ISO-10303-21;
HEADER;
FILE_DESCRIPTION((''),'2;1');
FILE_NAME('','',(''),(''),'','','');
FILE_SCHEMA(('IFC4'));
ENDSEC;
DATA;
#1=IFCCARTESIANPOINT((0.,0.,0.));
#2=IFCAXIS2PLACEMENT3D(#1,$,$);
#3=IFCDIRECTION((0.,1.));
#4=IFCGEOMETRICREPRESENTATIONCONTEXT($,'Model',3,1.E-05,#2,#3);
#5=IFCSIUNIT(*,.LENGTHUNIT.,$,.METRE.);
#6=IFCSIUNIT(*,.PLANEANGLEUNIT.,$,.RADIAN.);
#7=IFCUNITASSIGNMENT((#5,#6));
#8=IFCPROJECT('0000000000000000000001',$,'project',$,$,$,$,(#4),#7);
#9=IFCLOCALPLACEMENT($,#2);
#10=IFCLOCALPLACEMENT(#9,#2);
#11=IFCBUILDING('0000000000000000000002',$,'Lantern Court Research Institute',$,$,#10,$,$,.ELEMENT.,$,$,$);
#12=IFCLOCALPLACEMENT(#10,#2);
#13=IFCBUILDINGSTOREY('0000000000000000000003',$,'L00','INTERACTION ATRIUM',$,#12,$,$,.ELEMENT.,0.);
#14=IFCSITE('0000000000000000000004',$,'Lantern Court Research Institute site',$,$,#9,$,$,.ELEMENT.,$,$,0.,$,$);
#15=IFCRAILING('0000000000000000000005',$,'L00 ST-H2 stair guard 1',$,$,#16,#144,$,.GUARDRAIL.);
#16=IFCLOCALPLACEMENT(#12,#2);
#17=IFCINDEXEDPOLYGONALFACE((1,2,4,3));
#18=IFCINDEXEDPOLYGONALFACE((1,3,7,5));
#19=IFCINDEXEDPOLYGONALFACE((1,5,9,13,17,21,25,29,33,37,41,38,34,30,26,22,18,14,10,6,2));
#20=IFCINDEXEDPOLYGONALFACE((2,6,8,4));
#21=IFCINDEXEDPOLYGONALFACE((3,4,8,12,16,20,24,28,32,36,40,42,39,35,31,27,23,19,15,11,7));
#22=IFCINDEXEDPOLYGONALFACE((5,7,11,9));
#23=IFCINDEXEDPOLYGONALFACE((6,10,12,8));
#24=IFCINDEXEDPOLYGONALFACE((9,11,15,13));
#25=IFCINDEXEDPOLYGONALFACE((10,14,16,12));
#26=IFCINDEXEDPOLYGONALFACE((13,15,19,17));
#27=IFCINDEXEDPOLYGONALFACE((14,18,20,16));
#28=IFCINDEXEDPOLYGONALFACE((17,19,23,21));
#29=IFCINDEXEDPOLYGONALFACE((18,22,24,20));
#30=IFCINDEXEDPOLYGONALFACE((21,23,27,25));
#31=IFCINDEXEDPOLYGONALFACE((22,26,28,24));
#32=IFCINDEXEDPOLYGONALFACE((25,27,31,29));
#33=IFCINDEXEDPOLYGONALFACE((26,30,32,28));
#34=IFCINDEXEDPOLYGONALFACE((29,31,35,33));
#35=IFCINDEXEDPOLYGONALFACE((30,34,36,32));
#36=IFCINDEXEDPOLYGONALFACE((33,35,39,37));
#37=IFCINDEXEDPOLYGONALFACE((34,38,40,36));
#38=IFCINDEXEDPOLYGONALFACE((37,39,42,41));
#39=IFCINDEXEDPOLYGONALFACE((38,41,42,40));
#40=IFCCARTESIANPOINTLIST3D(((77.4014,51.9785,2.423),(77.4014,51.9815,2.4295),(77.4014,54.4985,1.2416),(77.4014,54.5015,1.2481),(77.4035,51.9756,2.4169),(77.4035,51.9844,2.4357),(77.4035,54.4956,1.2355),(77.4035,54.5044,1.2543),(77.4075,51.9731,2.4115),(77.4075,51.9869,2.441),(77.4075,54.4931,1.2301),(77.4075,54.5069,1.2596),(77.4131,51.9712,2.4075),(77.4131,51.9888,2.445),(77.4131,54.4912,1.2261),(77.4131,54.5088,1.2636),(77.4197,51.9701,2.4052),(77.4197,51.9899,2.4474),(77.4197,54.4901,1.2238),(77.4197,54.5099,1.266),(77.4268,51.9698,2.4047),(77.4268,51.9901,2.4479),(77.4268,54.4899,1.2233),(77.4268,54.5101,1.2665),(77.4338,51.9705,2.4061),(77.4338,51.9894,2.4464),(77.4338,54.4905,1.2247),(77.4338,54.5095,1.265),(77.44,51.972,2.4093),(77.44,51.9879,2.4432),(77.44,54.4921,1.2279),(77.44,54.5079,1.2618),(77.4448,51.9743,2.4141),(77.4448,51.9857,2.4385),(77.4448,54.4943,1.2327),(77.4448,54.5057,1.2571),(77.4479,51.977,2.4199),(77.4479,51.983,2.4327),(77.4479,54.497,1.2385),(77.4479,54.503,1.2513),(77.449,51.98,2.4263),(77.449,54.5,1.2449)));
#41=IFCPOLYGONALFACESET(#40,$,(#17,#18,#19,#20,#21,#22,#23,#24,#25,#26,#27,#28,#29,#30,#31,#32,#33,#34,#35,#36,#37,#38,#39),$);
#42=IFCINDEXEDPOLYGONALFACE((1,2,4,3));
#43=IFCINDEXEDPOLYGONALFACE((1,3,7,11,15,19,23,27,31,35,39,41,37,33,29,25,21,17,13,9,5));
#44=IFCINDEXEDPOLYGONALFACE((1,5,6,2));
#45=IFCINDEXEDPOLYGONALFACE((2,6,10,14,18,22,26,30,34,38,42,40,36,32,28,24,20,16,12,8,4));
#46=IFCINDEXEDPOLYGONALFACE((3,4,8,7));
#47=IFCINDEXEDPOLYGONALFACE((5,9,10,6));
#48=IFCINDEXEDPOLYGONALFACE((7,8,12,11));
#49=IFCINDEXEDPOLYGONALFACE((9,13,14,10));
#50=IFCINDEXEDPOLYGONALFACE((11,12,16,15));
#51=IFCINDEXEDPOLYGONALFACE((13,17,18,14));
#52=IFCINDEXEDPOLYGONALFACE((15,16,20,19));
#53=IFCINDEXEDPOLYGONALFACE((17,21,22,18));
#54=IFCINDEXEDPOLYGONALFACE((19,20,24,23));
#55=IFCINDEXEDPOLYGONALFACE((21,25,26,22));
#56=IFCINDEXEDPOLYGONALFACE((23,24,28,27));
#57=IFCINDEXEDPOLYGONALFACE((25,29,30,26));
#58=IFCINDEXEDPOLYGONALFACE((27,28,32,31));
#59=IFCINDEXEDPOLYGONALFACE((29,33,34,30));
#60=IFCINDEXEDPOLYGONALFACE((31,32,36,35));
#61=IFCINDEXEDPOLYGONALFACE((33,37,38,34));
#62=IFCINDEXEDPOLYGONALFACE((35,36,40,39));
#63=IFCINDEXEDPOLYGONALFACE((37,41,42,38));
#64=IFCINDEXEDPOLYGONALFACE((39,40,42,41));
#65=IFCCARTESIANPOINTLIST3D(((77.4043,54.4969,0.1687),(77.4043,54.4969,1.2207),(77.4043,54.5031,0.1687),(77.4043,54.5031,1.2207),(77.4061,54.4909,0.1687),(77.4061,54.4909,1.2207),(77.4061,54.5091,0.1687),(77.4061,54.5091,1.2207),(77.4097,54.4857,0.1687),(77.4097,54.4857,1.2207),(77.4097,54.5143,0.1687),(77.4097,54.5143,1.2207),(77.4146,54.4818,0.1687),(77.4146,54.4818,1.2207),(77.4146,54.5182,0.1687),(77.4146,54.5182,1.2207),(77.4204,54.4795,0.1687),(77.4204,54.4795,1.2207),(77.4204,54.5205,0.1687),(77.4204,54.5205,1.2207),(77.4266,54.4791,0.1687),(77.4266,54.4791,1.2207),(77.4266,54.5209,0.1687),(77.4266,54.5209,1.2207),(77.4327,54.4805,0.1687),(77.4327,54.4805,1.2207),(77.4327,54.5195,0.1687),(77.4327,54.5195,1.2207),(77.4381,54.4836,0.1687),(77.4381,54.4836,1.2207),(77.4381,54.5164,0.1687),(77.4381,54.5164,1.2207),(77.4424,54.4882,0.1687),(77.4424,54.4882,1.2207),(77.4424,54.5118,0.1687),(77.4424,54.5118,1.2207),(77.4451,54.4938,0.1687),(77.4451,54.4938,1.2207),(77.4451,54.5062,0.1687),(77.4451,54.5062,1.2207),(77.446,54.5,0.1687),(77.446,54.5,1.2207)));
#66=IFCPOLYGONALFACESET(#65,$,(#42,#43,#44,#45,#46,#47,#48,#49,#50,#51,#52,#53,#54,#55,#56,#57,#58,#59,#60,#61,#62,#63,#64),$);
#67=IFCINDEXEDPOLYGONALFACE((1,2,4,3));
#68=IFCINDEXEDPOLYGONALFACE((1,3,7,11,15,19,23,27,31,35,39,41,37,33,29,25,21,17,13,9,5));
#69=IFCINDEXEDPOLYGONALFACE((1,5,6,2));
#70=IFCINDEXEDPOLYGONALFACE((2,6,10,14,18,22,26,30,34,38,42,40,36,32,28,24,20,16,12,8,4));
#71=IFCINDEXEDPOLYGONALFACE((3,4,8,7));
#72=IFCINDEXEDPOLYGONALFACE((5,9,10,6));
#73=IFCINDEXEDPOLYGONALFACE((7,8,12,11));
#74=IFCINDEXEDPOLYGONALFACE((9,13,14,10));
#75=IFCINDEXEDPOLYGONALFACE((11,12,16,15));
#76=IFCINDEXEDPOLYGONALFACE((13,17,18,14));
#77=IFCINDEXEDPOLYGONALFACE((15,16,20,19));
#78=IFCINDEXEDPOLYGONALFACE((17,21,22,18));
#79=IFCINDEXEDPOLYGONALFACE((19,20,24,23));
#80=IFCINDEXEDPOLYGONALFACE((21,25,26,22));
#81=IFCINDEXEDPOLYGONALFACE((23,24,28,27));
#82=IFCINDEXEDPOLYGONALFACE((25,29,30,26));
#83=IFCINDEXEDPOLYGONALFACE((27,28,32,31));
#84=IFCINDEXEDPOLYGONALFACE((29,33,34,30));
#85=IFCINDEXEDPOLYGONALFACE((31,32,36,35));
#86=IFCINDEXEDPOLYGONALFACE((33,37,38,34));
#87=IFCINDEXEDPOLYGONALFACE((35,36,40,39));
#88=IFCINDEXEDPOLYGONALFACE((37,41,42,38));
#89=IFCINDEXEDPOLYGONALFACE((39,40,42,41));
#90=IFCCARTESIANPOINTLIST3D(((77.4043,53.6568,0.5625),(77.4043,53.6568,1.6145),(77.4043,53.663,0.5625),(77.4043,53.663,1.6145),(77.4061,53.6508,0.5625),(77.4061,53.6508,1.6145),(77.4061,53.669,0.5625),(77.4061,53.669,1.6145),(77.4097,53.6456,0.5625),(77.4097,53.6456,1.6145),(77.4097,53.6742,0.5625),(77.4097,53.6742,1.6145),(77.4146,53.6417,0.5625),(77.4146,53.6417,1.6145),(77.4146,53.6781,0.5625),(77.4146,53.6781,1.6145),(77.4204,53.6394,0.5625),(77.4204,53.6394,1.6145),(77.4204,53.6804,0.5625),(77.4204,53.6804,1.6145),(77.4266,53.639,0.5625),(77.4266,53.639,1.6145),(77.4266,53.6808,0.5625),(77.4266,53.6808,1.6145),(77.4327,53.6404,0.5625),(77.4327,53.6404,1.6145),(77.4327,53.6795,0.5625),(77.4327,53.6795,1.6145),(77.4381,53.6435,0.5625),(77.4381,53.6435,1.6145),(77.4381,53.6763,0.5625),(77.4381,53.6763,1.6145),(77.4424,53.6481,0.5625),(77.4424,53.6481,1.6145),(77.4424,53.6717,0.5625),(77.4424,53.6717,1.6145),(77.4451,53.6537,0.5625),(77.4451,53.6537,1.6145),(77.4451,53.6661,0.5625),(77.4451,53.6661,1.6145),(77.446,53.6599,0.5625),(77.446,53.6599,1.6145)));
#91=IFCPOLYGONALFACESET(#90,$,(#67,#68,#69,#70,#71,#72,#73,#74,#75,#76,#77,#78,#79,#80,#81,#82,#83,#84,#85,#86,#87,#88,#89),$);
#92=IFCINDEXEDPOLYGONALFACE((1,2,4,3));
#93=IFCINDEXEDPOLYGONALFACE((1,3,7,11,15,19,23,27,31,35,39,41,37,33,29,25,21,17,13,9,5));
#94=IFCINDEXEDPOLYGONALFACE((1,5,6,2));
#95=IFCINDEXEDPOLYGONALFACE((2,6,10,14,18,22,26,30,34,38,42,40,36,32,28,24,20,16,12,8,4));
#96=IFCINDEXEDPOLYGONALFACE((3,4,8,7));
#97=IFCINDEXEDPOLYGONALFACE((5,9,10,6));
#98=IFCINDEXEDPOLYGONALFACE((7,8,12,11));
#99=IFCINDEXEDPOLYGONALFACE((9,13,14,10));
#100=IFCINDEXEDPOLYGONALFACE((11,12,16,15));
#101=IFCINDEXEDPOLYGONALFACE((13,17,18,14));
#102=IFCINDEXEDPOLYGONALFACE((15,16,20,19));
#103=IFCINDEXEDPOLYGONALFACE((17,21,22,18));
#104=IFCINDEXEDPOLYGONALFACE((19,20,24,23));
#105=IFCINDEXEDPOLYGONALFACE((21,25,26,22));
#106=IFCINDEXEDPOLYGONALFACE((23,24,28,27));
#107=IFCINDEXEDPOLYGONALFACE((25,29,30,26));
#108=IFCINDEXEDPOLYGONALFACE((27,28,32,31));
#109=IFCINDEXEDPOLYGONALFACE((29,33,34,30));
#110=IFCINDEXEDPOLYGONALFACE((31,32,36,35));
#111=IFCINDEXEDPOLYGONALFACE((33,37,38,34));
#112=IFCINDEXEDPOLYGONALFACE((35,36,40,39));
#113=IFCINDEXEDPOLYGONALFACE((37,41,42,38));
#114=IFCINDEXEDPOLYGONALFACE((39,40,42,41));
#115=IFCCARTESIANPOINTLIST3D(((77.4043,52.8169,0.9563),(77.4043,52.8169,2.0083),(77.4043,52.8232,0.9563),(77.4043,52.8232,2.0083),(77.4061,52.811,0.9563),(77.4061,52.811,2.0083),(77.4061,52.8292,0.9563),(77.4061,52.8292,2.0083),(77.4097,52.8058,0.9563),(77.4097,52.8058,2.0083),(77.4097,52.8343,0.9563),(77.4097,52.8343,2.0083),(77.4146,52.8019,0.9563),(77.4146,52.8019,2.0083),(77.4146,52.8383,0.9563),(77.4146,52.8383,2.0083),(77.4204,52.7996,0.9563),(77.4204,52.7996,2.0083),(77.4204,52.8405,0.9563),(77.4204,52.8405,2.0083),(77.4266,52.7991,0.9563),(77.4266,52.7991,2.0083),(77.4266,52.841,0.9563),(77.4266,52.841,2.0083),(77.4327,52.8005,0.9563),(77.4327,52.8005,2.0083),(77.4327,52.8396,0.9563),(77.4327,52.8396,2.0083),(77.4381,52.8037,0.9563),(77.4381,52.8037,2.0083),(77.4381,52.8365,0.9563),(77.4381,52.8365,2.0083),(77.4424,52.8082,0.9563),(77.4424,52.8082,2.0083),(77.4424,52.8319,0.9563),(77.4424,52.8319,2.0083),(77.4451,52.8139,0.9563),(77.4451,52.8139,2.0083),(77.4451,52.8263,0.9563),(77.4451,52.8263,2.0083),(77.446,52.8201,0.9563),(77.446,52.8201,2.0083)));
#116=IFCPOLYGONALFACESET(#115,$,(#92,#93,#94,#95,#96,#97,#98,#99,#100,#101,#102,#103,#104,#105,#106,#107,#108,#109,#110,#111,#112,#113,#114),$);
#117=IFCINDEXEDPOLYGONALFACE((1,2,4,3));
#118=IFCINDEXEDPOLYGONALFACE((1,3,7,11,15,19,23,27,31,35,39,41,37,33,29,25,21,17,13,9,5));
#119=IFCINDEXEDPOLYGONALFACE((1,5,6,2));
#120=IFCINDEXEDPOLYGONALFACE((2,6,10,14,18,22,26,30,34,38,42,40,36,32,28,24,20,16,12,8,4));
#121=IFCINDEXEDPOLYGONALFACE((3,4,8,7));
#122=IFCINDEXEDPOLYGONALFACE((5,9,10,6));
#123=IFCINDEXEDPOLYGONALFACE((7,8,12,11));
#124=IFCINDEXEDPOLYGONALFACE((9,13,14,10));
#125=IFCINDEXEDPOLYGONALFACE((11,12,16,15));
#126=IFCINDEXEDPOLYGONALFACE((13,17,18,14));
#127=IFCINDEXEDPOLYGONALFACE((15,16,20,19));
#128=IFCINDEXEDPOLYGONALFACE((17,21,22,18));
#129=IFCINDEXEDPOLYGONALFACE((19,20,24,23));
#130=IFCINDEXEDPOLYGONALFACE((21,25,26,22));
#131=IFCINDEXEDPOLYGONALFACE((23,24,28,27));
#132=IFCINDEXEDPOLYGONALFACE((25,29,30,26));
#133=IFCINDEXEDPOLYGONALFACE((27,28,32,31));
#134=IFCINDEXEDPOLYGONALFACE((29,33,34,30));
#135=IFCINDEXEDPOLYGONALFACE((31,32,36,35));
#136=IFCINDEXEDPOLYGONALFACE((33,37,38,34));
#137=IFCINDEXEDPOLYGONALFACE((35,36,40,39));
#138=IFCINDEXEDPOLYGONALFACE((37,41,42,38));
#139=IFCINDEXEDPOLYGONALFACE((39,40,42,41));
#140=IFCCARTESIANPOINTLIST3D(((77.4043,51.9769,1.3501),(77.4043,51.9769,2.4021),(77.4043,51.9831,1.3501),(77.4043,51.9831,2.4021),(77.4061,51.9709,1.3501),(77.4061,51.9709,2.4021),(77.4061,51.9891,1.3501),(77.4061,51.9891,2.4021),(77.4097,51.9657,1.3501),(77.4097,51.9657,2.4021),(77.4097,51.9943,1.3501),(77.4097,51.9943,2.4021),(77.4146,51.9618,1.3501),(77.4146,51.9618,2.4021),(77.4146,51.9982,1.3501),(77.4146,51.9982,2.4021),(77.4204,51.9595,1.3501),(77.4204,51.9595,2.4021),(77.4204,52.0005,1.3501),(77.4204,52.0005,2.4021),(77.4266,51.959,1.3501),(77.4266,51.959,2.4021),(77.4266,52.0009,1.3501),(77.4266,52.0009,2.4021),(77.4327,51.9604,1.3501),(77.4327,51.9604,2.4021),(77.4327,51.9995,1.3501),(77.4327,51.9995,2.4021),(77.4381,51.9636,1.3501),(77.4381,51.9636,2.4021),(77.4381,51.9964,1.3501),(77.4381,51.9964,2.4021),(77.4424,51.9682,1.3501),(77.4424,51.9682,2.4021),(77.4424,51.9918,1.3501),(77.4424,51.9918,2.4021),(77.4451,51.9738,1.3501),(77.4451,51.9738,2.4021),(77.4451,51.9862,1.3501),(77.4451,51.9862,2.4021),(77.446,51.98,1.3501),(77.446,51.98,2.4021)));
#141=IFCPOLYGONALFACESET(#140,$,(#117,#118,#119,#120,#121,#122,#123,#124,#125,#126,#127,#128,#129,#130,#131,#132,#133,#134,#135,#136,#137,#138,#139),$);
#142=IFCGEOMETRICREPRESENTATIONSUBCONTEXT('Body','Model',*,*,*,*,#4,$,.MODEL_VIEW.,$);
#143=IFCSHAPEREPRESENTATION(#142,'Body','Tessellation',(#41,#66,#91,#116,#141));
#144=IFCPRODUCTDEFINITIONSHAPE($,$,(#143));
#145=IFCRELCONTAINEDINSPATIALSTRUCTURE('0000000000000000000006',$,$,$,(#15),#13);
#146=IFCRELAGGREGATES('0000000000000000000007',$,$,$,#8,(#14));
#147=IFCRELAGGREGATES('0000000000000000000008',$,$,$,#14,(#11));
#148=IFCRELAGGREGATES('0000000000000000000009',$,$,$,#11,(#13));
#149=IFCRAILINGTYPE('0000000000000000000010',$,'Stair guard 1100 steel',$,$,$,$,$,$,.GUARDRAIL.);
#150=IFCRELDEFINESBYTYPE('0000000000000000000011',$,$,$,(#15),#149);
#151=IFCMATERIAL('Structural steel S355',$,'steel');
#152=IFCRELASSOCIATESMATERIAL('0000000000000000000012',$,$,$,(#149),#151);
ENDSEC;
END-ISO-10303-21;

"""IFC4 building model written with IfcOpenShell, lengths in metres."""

from ifc_helpers import new_model, si_unit, direction, frame, origin, origin_2d, place, context, subcontext, project, spatial, circle, extrude, material, type_object, element, save


model = new_model("IFC4")

# Units and contexts
model_context = context("Model", 3, precision=1e-05, world=origin(), true_north=direction((0.0, 1.0)))
body_context = subcontext(model_context, "Body", "Model", "MODEL_VIEW")
ifc_project = project(units=[si_unit("LENGTHUNIT", "METRE"), si_unit("PLANEANGLEUNIT", "RADIAN")], contexts=[model_context])

# Site, building, storey
site_placement = place(None, origin())
site = spatial("IfcSite", under=ifc_project, at=site_placement, Name="Lantern Court Research Institute site", CompositionType="ELEMENT", RefElevation=0.0)
building_placement = place(site_placement, origin())
building = spatial("IfcBuilding", under=site, at=building_placement, Name="Lantern Court Research Institute", CompositionType="ELEMENT")
storey_placement = place(building_placement, origin())
storey = spatial("IfcBuildingStorey", under=building, at=storey_placement, Name="L00", Description="INTERACTION ATRIUM", CompositionType="ELEMENT", Elevation=0.0)

# Railing
ifc_material_1 = material(Name="Structural steel S355", Category="steel")
railing_type_1 = type_object("IfcRailingType", Name="Stair guard 1100 steel", PredefinedType="GUARDRAIL", material=ifc_material_1)
railing_1_placement = place(storey_placement, frame((77.425, 54.5, 0.1687)))
element("IfcRailing", 1, at=railing_1_placement, inside=storey, type_object=railing_type_1, Name="L00 ST-H2 stair guard 1", PredefinedType="GUARDRAIL", context=body_context, shape_type="SweptSolid", body=[
    extrude(circle(Radius=0.0239, at=origin_2d()), frame((0.0, 0.0, 1.0762), z_axis=(0.0, -0.90544, 0.424474), x_axis=(1.0, 0.0, 0.0)), (0.0, 0.0, 1.0), 2.7832),
    extrude(circle(Radius=0.021, at=origin_2d()), origin(), (0.0, 0.0, 1.0), 1.052),
    extrude(circle(Radius=0.021, at=origin_2d()), frame((0.0, -0.8401, 0.3938)), (0.0, 0.0, 1.0), 1.052),
    extrude(circle(Radius=0.021, at=origin_2d()), frame((0.0, -1.6799, 0.7876)), (0.0, 0.0, 1.0), 1.052),
    extrude(circle(Radius=0.021, at=origin_2d()), frame((0.0, -2.52, 1.1814)), (0.0, 0.0, 1.0), 1.052),
])

save(model, "model.ifc")
